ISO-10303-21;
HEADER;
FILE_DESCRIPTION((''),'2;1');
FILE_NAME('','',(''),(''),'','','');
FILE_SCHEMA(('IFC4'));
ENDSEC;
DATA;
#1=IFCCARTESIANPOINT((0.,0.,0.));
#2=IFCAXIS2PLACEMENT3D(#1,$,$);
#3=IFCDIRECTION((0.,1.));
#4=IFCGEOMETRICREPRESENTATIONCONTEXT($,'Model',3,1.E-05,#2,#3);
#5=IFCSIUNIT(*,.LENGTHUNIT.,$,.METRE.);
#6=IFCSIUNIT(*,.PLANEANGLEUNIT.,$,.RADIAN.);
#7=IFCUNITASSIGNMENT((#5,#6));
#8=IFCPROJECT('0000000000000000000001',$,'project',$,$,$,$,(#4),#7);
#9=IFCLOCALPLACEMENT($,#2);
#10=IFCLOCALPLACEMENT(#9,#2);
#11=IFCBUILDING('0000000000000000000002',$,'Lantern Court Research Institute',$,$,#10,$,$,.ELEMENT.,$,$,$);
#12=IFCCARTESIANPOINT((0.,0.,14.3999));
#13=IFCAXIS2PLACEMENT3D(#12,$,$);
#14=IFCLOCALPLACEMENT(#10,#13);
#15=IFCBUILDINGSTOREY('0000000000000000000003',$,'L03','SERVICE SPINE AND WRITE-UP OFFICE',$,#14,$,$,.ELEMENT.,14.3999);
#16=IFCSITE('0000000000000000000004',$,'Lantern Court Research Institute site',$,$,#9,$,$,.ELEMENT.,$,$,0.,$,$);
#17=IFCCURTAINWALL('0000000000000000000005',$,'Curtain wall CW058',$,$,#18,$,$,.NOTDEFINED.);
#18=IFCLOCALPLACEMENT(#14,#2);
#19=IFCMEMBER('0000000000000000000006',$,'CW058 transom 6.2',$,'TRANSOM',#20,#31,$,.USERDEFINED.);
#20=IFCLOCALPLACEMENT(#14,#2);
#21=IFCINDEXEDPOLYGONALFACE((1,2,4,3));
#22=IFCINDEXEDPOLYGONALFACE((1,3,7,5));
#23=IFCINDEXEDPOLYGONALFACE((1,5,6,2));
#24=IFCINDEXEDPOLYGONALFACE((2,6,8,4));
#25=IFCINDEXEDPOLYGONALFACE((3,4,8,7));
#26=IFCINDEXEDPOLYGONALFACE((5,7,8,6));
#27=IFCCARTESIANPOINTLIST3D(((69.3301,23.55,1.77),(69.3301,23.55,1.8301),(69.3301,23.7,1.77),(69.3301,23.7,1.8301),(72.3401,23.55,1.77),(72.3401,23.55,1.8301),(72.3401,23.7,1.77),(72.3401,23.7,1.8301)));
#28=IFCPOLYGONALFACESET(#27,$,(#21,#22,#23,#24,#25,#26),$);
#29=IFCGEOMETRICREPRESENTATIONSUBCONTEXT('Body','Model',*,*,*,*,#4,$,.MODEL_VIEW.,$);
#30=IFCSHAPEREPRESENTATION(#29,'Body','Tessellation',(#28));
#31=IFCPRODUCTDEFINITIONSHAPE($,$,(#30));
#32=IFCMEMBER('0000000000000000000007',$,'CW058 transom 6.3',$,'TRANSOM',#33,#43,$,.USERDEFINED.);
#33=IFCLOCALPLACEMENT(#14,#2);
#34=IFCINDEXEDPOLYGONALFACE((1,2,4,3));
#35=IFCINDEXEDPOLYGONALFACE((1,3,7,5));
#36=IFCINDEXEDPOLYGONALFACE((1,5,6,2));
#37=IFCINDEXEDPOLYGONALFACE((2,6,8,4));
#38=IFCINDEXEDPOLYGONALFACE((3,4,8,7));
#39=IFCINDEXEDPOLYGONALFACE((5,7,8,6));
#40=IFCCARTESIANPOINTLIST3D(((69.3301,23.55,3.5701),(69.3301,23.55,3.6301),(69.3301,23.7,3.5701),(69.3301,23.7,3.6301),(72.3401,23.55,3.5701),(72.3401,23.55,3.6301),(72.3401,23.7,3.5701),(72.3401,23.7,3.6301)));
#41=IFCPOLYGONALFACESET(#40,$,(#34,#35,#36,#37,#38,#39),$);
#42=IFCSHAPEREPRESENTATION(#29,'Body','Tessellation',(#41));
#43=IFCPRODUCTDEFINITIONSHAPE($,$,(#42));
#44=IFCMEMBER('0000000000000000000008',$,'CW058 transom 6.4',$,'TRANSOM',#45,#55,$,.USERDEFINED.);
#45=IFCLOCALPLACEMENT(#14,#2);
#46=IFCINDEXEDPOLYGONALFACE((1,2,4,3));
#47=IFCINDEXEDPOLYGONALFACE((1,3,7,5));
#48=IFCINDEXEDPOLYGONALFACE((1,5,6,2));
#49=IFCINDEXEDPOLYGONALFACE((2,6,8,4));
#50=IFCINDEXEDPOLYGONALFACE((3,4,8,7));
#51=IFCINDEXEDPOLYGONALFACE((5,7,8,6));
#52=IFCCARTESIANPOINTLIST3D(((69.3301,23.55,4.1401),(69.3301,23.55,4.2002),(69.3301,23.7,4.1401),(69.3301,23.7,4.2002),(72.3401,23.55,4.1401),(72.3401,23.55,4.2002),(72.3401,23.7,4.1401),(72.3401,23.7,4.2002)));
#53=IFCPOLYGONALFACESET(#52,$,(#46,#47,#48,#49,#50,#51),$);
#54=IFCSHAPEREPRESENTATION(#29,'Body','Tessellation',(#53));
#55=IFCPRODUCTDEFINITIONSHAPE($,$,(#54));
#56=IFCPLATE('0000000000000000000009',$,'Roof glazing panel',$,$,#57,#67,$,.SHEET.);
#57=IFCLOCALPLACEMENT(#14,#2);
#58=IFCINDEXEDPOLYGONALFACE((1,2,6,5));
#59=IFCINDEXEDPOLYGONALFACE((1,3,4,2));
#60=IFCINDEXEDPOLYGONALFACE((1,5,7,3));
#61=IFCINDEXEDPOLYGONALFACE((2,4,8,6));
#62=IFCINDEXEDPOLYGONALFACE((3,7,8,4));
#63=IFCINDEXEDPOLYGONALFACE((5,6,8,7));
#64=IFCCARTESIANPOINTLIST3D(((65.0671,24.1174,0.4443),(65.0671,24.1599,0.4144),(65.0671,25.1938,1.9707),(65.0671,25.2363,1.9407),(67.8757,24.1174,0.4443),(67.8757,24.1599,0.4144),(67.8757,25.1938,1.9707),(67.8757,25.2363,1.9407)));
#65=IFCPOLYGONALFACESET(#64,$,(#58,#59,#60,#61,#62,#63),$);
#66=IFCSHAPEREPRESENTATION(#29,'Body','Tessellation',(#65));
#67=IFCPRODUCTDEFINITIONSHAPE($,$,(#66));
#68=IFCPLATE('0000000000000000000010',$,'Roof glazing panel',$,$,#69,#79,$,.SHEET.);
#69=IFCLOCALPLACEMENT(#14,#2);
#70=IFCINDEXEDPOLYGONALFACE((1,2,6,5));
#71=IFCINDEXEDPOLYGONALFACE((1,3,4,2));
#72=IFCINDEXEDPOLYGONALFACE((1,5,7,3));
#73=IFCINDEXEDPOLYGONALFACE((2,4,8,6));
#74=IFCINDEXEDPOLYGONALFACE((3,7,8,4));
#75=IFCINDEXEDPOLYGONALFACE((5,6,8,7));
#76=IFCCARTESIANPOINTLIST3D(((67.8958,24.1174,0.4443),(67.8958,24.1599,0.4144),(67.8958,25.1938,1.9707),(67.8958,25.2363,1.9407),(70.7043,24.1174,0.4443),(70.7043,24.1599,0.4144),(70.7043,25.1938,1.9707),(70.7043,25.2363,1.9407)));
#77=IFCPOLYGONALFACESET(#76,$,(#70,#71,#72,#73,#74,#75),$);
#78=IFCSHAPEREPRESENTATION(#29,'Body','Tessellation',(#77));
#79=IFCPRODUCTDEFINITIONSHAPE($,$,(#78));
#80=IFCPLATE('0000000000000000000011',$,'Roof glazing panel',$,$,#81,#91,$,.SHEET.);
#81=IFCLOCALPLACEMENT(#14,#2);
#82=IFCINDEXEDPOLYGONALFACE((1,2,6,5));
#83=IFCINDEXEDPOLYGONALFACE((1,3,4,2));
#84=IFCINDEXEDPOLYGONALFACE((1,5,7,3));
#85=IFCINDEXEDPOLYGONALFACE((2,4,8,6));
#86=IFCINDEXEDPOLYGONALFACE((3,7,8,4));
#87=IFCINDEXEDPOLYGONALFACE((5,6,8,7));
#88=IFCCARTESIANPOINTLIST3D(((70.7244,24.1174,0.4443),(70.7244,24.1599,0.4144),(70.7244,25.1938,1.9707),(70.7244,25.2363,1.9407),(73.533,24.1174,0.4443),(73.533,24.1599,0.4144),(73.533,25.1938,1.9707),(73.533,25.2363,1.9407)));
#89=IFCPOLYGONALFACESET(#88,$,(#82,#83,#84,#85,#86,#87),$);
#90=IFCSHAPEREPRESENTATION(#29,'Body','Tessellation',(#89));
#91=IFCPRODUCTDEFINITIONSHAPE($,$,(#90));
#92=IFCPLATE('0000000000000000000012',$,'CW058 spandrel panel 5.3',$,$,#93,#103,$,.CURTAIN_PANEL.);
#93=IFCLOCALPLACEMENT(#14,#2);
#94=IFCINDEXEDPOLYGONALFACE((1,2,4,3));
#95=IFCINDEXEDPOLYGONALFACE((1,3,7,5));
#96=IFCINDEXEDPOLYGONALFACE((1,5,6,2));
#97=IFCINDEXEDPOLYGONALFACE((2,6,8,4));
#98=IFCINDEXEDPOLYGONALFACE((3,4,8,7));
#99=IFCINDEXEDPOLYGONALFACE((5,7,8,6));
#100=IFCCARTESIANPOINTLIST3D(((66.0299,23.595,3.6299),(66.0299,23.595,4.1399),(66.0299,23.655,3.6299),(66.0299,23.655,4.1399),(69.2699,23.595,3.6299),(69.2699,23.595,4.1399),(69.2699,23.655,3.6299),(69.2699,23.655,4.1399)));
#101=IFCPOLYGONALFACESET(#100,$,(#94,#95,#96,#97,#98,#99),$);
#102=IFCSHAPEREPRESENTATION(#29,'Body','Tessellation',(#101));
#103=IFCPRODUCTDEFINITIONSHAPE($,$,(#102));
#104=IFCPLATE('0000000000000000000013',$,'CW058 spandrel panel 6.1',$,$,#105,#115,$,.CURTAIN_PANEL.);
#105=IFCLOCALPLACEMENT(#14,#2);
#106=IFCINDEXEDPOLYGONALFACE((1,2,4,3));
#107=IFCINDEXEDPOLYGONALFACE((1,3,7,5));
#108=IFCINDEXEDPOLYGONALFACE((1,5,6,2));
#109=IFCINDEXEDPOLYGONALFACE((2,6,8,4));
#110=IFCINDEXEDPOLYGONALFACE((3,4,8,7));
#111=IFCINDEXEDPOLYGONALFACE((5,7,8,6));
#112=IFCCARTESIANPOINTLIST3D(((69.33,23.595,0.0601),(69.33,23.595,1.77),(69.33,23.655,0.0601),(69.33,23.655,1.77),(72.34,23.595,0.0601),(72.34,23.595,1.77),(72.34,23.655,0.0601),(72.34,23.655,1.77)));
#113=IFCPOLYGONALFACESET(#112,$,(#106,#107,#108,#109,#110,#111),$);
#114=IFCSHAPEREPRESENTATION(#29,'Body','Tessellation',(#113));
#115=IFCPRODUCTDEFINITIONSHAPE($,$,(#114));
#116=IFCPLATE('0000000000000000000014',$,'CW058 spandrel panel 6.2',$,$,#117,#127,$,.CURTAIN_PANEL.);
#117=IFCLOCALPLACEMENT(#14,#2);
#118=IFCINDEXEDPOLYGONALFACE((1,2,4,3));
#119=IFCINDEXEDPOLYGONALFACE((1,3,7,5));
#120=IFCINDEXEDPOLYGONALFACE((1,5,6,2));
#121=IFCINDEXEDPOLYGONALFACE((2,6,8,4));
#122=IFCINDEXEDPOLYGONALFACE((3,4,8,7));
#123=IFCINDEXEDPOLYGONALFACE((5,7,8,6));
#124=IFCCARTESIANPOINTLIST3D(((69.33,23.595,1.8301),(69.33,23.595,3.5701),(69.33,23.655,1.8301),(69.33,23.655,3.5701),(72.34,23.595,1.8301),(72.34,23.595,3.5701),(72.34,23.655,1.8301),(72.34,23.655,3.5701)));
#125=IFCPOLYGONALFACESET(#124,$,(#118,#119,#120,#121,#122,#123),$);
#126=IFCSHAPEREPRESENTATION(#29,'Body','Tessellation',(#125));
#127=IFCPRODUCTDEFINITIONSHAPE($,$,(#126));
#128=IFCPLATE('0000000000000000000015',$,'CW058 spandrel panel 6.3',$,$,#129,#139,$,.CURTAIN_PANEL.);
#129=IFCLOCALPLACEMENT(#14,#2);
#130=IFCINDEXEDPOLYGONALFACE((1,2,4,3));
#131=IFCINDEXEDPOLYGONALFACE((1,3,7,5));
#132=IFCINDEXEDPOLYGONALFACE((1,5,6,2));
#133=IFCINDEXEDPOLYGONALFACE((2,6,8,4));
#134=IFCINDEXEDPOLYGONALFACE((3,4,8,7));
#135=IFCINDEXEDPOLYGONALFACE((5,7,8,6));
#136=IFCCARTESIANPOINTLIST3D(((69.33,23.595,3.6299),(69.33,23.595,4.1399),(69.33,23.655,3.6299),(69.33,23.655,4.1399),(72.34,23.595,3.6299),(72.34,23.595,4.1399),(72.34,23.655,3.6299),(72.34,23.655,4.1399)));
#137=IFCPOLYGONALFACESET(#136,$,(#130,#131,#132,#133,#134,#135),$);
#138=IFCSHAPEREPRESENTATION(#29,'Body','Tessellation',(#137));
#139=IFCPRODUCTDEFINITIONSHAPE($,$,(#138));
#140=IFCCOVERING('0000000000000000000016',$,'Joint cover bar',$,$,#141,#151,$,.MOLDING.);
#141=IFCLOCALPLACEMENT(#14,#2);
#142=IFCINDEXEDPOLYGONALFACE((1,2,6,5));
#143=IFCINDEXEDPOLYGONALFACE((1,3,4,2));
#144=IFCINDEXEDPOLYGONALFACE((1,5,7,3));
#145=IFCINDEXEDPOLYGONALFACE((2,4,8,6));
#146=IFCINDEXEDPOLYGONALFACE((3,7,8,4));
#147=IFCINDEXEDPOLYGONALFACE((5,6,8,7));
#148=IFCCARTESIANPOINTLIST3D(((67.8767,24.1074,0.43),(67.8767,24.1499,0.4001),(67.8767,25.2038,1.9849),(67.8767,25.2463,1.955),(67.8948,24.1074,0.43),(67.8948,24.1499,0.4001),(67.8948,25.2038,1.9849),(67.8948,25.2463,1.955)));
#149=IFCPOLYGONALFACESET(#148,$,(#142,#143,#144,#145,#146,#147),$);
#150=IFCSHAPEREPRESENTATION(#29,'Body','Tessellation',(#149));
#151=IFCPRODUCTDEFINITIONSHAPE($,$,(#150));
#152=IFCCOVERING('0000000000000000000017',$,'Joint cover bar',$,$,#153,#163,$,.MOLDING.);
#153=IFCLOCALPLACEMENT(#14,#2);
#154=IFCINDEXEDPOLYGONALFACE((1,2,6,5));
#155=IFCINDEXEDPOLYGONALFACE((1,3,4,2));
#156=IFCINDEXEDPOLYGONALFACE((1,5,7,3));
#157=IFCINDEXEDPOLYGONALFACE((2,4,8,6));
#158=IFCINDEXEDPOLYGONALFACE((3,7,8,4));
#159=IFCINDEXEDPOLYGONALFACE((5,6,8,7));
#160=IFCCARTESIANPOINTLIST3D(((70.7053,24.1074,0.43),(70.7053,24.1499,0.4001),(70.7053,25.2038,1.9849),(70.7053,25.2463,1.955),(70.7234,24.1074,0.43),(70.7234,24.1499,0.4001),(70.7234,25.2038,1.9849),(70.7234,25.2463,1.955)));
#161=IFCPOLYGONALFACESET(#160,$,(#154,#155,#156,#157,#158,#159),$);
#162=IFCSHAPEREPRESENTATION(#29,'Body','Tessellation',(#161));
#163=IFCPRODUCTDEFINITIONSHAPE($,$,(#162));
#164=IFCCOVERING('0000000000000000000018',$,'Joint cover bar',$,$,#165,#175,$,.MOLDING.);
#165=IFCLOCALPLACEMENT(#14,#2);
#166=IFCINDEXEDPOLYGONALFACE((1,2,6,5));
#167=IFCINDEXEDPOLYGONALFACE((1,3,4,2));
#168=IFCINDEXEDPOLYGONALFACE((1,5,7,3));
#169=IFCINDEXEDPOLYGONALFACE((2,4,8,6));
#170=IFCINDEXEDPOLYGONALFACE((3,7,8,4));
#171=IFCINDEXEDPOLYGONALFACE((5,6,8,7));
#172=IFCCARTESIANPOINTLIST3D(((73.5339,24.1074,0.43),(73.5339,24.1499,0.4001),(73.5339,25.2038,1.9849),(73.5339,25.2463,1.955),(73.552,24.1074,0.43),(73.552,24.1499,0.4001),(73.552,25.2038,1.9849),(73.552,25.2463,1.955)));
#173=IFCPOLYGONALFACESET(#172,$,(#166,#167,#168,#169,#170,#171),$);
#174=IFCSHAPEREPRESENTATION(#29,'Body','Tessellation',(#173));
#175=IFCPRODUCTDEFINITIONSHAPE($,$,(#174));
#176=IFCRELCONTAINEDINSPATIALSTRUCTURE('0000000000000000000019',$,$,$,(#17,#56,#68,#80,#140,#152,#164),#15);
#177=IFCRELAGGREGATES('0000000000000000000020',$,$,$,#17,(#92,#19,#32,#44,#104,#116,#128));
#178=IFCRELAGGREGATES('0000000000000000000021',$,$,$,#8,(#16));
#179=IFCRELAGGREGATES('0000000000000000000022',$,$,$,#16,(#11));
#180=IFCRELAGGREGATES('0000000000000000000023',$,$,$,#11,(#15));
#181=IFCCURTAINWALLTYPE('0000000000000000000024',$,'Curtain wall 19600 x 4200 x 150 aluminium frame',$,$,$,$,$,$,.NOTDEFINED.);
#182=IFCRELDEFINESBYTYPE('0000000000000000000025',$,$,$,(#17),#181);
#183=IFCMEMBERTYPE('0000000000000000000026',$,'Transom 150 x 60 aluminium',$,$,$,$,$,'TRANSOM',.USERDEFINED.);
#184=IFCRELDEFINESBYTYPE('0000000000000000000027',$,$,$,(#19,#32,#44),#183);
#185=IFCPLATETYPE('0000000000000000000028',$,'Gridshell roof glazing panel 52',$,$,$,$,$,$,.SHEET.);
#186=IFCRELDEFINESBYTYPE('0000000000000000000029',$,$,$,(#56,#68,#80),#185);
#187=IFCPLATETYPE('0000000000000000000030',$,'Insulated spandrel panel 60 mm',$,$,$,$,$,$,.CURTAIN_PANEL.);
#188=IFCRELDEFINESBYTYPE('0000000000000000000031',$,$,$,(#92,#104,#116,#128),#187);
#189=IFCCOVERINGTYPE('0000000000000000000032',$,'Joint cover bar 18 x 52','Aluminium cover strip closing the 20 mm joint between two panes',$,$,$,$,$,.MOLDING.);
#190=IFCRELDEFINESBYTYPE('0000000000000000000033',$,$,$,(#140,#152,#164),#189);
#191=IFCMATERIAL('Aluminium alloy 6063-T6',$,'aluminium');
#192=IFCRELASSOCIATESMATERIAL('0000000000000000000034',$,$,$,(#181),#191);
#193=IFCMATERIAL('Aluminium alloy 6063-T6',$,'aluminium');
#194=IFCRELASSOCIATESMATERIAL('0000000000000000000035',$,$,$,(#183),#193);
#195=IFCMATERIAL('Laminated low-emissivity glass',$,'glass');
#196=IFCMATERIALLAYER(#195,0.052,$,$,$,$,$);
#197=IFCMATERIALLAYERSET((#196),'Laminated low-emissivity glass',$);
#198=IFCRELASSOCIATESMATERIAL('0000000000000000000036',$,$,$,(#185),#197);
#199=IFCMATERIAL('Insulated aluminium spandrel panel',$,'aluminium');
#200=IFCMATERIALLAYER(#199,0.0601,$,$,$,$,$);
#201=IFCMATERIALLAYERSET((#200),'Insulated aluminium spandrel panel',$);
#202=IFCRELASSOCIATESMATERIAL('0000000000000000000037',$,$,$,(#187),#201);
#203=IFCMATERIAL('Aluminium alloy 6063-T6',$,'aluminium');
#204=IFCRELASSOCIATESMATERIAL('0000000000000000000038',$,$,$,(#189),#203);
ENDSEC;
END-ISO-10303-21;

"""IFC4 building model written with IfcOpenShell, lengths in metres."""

from ifc_helpers import new_model, si_unit, direction, frame, origin, origin_2d, place, context, subcontext, project, spatial, polyline, rectangle, outline, extrude, material, layer, layer_set, material_profile, profile_set, type_object, element, aggregate, save


model = new_model("IFC4")

# Units and contexts
model_context = context("Model", 3, precision=1e-05, world=origin(), true_north=direction((0.0, 1.0)))
body_context = subcontext(model_context, "Body", "Model", "MODEL_VIEW")
ifc_project = project(units=[si_unit("LENGTHUNIT", "METRE"), si_unit("PLANEANGLEUNIT", "RADIAN")], contexts=[model_context])

# Site, building, storey
site_placement = place(None, origin())
site = spatial("IfcSite", under=ifc_project, at=site_placement, Name="Lantern Court Research Institute site", CompositionType="ELEMENT", RefElevation=0.0)
building_placement = place(site_placement, origin())
building = spatial("IfcBuilding", under=site, at=building_placement, Name="Lantern Court Research Institute", CompositionType="ELEMENT")
storey_placement = place(building_placement, frame((0.0, 0.0, 14.3999)))
storey = spatial("IfcBuildingStorey", under=building, at=storey_placement, Name="L03", Description="SERVICE SPINE AND WRITE-UP OFFICE", CompositionType="ELEMENT", Elevation=14.3999)

# Curtain wall, members
ifc_material_1 = material(Name="Aluminium alloy 6063-T6", Category="aluminium")
curtain_wall_type = type_object("IfcCurtainWallType", Name="Curtain wall 19600 x 4200 x 150 aluminium frame", PredefinedType="NOTDEFINED", material=ifc_material_1)
curtain_wall_placement = place(storey_placement, origin())
curtain_wall = element("IfcCurtainWall", 1, at=curtain_wall_placement, inside=storey, type_object=curtain_wall_type, Name="Curtain wall CW058", PredefinedType="NOTDEFINED")
ifc_material_2 = material(Name="Aluminium alloy 6063-T6", Category="aluminium")
ifc_material_profile_1 = material_profile(ifc_material_2, rectangle(XDim=0.1499, YDim=0.0601, at=origin_2d()), Name="Transom 150 x 60")
ifc_profile_set_1 = profile_set([ifc_material_profile_1], Name="Aluminium alloy 6063-T6")
member_type_1 = type_object("IfcMemberType", Name="Transom 150 x 60 aluminium", ElementType="TRANSOM", PredefinedType="USERDEFINED", material=ifc_profile_set_1)
member_1_placement = place(storey_placement, frame((69.3301, 23.625, 1.8), z_axis=(1.0, 0.0, 0.0), x_axis=(0.0, 1.0, 0.0)))
member_1 = element("IfcMember", 2, at=member_1_placement, type_object=member_type_1, Name="CW058 transom 6.2", ObjectType="TRANSOM", PredefinedType="USERDEFINED", context=body_context, shape_type="SweptSolid", body=[
    extrude(rectangle(XDim=0.1499, YDim=0.0601, at=origin_2d()), origin(), (0.0, 0.0, 1.0), 3.01),
])
member_2_placement = place(storey_placement, frame((69.3301, 23.625, 3.6001), z_axis=(1.0, 0.0, 0.0), x_axis=(0.0, 1.0, 0.0)))
member_2 = element("IfcMember", 3, at=member_2_placement, type_object=member_type_1, Name="CW058 transom 6.3", ObjectType="TRANSOM", PredefinedType="USERDEFINED", context=body_context, shape_type="SweptSolid", body=[
    extrude(rectangle(XDim=0.1499, YDim=0.0601, at=origin_2d()), origin(), (0.0, 0.0, 1.0), 3.01),
])
member_3_placement = place(storey_placement, frame((69.3301, 23.625, 4.1702), z_axis=(1.0, 0.0, 0.0), x_axis=(0.0, 1.0, 0.0)))
member_3 = element("IfcMember", 4, at=member_3_placement, type_object=member_type_1, Name="CW058 transom 6.4", ObjectType="TRANSOM", PredefinedType="USERDEFINED", context=body_context, shape_type="SweptSolid", body=[
    extrude(rectangle(XDim=0.1499, YDim=0.0601, at=origin_2d()), origin(), (0.0, 0.0, 1.0), 3.01),
])

# Plates
ifc_material_3 = material(Name="Laminated low-emissivity glass", Category="glass")
ifc_layer_1 = layer(ifc_material_3, 0.052)
ifc_layer_set_1 = layer_set([ifc_layer_1], Name="Laminated low-emissivity glass")
plate_type_1 = type_object("IfcPlateType", Name="Gridshell roof glazing panel 52", PredefinedType="SHEET", material=ifc_layer_set_1)
for number, where, z_axis, x_axis, name in (
    (5, (67.8757, 24.1174, 0.4443), (0.0, -0.817225, 0.576319), (-1.0, 0.0, 0.0), "Roof glazing panel"),
    (6, (70.7043, 24.1174, 0.4443), (0.0, -0.817225, 0.576319), (-1.0, 0.0, 0.0), "Roof glazing panel"),
    (7, (73.533, 24.1174, 0.4443), (0.0, -0.817225, 0.576319), (-1.0, 0.0, 0.0), "Roof glazing panel"),
):
    element("IfcPlate", number, at=place(storey_placement, frame(where, z_axis=z_axis, x_axis=x_axis)), inside=storey, type_object=plate_type_1, Name=name, PredefinedType="SHEET", context=body_context, shape_type="SweptSolid", body=[
        extrude(outline(polyline([(0.0, 0.0), (2.8086, 0.0), (2.8086, -1.8677), (0.0, -1.8677), (0.0, 0.0)])), origin(), (0.0, 0.0, -1.0), 0.052),
    ])

# Plates
ifc_material_4 = material(Name="Insulated aluminium spandrel panel", Category="aluminium")
ifc_layer_2 = layer(ifc_material_4, 0.0601)
ifc_layer_set_2 = layer_set([ifc_layer_2], Name="Insulated aluminium spandrel panel")
plate_type_2 = type_object("IfcPlateType", Name="Insulated spandrel panel 60 mm", PredefinedType="CURTAIN_PANEL", material=ifc_layer_set_2)
plate_1_placement = place(storey_placement, frame((67.6499, 23.625, 3.6299), z_axis=(0.0, 0.0, 1.0), x_axis=(1.0, 0.0, 0.0)))
plate_1 = element("IfcPlate", 8, at=plate_1_placement, type_object=plate_type_2, Name="CW058 spandrel panel 5.3", PredefinedType="CURTAIN_PANEL", context=body_context, shape_type="SweptSolid", body=[
    extrude(rectangle(XDim=3.24, YDim=0.0601, at=origin_2d()), origin(), (0.0, 0.0, 1.0), 0.51),
])
plate_2_placement = place(storey_placement, frame((70.835, 23.625, 0.0601), z_axis=(0.0, 0.0, 1.0), x_axis=(1.0, 0.0, 0.0)))
plate_2 = element("IfcPlate", 9, at=plate_2_placement, type_object=plate_type_2, Name="CW058 spandrel panel 6.1", PredefinedType="CURTAIN_PANEL", context=body_context, shape_type="SweptSolid", body=[
    extrude(rectangle(XDim=3.01, YDim=0.0601, at=origin_2d()), origin(), (0.0, 0.0, 1.0), 1.71),
])
plate_3_placement = place(storey_placement, frame((70.835, 23.625, 1.8301), z_axis=(0.0, 0.0, 1.0), x_axis=(1.0, 0.0, 0.0)))
plate_3 = element("IfcPlate", 10, at=plate_3_placement, type_object=plate_type_2, Name="CW058 spandrel panel 6.2", PredefinedType="CURTAIN_PANEL", context=body_context, shape_type="SweptSolid", body=[
    extrude(rectangle(XDim=3.01, YDim=0.0601, at=origin_2d()), origin(), (0.0, 0.0, 1.0), 1.74),
])
plate_4_placement = place(storey_placement, frame((70.835, 23.625, 3.6299), z_axis=(0.0, 0.0, 1.0), x_axis=(1.0, 0.0, 0.0)))
plate_4 = element("IfcPlate", 11, at=plate_4_placement, type_object=plate_type_2, Name="CW058 spandrel panel 6.3", PredefinedType="CURTAIN_PANEL", context=body_context, shape_type="SweptSolid", body=[
    extrude(rectangle(XDim=3.01, YDim=0.0601, at=origin_2d()), origin(), (0.0, 0.0, 1.0), 0.51),
])
aggregate(curtain_wall, [plate_1, member_1, member_2, member_3, plate_2, plate_3, plate_4])

# Coverings
ifc_material_5 = material(Name="Aluminium alloy 6063-T6", Category="aluminium")
ifc_material_profile_2 = material_profile(ifc_material_5, rectangle(XDim=0.0181, YDim=0.052, at=origin_2d()), Name="Joint cover bar 18 x 52")
ifc_profile_set_2 = profile_set([ifc_material_profile_2], Name="Aluminium alloy 6063-T6")
covering_type = type_object("IfcCoveringType", Name="Joint cover bar 18 x 52", Description="Aluminium cover strip closing the 20 mm joint between two panes", PredefinedType="MOLDING", material=ifc_profile_set_2)
for number, where, z_axis, x_axis, name in (
    (12, (67.8857, 24.1287, 0.415), (0.0, 0.576275, 0.817256), (-1.0, 0.0, 0.0), "Joint cover bar"),
    (13, (70.7144, 24.1287, 0.415), (0.0, 0.576275, 0.817256), (-1.0, 0.0, 0.0), "Joint cover bar"),
    (14, (73.543, 24.1287, 0.415), (0.0, 0.576275, 0.817256), (-1.0, 0.0, 0.0), "Joint cover bar"),
):
    element("IfcCovering", number, at=place(storey_placement, frame(where, z_axis=z_axis, x_axis=x_axis)), inside=storey, type_object=covering_type, Name=name, PredefinedType="MOLDING", context=body_context, shape_type="SweptSolid", body=[
        extrude(rectangle(XDim=0.0181, YDim=0.052, at=origin_2d()), origin(), (0.0, 0.0, 1.0), 1.9026),
    ])

save(model, "model.ifc")
